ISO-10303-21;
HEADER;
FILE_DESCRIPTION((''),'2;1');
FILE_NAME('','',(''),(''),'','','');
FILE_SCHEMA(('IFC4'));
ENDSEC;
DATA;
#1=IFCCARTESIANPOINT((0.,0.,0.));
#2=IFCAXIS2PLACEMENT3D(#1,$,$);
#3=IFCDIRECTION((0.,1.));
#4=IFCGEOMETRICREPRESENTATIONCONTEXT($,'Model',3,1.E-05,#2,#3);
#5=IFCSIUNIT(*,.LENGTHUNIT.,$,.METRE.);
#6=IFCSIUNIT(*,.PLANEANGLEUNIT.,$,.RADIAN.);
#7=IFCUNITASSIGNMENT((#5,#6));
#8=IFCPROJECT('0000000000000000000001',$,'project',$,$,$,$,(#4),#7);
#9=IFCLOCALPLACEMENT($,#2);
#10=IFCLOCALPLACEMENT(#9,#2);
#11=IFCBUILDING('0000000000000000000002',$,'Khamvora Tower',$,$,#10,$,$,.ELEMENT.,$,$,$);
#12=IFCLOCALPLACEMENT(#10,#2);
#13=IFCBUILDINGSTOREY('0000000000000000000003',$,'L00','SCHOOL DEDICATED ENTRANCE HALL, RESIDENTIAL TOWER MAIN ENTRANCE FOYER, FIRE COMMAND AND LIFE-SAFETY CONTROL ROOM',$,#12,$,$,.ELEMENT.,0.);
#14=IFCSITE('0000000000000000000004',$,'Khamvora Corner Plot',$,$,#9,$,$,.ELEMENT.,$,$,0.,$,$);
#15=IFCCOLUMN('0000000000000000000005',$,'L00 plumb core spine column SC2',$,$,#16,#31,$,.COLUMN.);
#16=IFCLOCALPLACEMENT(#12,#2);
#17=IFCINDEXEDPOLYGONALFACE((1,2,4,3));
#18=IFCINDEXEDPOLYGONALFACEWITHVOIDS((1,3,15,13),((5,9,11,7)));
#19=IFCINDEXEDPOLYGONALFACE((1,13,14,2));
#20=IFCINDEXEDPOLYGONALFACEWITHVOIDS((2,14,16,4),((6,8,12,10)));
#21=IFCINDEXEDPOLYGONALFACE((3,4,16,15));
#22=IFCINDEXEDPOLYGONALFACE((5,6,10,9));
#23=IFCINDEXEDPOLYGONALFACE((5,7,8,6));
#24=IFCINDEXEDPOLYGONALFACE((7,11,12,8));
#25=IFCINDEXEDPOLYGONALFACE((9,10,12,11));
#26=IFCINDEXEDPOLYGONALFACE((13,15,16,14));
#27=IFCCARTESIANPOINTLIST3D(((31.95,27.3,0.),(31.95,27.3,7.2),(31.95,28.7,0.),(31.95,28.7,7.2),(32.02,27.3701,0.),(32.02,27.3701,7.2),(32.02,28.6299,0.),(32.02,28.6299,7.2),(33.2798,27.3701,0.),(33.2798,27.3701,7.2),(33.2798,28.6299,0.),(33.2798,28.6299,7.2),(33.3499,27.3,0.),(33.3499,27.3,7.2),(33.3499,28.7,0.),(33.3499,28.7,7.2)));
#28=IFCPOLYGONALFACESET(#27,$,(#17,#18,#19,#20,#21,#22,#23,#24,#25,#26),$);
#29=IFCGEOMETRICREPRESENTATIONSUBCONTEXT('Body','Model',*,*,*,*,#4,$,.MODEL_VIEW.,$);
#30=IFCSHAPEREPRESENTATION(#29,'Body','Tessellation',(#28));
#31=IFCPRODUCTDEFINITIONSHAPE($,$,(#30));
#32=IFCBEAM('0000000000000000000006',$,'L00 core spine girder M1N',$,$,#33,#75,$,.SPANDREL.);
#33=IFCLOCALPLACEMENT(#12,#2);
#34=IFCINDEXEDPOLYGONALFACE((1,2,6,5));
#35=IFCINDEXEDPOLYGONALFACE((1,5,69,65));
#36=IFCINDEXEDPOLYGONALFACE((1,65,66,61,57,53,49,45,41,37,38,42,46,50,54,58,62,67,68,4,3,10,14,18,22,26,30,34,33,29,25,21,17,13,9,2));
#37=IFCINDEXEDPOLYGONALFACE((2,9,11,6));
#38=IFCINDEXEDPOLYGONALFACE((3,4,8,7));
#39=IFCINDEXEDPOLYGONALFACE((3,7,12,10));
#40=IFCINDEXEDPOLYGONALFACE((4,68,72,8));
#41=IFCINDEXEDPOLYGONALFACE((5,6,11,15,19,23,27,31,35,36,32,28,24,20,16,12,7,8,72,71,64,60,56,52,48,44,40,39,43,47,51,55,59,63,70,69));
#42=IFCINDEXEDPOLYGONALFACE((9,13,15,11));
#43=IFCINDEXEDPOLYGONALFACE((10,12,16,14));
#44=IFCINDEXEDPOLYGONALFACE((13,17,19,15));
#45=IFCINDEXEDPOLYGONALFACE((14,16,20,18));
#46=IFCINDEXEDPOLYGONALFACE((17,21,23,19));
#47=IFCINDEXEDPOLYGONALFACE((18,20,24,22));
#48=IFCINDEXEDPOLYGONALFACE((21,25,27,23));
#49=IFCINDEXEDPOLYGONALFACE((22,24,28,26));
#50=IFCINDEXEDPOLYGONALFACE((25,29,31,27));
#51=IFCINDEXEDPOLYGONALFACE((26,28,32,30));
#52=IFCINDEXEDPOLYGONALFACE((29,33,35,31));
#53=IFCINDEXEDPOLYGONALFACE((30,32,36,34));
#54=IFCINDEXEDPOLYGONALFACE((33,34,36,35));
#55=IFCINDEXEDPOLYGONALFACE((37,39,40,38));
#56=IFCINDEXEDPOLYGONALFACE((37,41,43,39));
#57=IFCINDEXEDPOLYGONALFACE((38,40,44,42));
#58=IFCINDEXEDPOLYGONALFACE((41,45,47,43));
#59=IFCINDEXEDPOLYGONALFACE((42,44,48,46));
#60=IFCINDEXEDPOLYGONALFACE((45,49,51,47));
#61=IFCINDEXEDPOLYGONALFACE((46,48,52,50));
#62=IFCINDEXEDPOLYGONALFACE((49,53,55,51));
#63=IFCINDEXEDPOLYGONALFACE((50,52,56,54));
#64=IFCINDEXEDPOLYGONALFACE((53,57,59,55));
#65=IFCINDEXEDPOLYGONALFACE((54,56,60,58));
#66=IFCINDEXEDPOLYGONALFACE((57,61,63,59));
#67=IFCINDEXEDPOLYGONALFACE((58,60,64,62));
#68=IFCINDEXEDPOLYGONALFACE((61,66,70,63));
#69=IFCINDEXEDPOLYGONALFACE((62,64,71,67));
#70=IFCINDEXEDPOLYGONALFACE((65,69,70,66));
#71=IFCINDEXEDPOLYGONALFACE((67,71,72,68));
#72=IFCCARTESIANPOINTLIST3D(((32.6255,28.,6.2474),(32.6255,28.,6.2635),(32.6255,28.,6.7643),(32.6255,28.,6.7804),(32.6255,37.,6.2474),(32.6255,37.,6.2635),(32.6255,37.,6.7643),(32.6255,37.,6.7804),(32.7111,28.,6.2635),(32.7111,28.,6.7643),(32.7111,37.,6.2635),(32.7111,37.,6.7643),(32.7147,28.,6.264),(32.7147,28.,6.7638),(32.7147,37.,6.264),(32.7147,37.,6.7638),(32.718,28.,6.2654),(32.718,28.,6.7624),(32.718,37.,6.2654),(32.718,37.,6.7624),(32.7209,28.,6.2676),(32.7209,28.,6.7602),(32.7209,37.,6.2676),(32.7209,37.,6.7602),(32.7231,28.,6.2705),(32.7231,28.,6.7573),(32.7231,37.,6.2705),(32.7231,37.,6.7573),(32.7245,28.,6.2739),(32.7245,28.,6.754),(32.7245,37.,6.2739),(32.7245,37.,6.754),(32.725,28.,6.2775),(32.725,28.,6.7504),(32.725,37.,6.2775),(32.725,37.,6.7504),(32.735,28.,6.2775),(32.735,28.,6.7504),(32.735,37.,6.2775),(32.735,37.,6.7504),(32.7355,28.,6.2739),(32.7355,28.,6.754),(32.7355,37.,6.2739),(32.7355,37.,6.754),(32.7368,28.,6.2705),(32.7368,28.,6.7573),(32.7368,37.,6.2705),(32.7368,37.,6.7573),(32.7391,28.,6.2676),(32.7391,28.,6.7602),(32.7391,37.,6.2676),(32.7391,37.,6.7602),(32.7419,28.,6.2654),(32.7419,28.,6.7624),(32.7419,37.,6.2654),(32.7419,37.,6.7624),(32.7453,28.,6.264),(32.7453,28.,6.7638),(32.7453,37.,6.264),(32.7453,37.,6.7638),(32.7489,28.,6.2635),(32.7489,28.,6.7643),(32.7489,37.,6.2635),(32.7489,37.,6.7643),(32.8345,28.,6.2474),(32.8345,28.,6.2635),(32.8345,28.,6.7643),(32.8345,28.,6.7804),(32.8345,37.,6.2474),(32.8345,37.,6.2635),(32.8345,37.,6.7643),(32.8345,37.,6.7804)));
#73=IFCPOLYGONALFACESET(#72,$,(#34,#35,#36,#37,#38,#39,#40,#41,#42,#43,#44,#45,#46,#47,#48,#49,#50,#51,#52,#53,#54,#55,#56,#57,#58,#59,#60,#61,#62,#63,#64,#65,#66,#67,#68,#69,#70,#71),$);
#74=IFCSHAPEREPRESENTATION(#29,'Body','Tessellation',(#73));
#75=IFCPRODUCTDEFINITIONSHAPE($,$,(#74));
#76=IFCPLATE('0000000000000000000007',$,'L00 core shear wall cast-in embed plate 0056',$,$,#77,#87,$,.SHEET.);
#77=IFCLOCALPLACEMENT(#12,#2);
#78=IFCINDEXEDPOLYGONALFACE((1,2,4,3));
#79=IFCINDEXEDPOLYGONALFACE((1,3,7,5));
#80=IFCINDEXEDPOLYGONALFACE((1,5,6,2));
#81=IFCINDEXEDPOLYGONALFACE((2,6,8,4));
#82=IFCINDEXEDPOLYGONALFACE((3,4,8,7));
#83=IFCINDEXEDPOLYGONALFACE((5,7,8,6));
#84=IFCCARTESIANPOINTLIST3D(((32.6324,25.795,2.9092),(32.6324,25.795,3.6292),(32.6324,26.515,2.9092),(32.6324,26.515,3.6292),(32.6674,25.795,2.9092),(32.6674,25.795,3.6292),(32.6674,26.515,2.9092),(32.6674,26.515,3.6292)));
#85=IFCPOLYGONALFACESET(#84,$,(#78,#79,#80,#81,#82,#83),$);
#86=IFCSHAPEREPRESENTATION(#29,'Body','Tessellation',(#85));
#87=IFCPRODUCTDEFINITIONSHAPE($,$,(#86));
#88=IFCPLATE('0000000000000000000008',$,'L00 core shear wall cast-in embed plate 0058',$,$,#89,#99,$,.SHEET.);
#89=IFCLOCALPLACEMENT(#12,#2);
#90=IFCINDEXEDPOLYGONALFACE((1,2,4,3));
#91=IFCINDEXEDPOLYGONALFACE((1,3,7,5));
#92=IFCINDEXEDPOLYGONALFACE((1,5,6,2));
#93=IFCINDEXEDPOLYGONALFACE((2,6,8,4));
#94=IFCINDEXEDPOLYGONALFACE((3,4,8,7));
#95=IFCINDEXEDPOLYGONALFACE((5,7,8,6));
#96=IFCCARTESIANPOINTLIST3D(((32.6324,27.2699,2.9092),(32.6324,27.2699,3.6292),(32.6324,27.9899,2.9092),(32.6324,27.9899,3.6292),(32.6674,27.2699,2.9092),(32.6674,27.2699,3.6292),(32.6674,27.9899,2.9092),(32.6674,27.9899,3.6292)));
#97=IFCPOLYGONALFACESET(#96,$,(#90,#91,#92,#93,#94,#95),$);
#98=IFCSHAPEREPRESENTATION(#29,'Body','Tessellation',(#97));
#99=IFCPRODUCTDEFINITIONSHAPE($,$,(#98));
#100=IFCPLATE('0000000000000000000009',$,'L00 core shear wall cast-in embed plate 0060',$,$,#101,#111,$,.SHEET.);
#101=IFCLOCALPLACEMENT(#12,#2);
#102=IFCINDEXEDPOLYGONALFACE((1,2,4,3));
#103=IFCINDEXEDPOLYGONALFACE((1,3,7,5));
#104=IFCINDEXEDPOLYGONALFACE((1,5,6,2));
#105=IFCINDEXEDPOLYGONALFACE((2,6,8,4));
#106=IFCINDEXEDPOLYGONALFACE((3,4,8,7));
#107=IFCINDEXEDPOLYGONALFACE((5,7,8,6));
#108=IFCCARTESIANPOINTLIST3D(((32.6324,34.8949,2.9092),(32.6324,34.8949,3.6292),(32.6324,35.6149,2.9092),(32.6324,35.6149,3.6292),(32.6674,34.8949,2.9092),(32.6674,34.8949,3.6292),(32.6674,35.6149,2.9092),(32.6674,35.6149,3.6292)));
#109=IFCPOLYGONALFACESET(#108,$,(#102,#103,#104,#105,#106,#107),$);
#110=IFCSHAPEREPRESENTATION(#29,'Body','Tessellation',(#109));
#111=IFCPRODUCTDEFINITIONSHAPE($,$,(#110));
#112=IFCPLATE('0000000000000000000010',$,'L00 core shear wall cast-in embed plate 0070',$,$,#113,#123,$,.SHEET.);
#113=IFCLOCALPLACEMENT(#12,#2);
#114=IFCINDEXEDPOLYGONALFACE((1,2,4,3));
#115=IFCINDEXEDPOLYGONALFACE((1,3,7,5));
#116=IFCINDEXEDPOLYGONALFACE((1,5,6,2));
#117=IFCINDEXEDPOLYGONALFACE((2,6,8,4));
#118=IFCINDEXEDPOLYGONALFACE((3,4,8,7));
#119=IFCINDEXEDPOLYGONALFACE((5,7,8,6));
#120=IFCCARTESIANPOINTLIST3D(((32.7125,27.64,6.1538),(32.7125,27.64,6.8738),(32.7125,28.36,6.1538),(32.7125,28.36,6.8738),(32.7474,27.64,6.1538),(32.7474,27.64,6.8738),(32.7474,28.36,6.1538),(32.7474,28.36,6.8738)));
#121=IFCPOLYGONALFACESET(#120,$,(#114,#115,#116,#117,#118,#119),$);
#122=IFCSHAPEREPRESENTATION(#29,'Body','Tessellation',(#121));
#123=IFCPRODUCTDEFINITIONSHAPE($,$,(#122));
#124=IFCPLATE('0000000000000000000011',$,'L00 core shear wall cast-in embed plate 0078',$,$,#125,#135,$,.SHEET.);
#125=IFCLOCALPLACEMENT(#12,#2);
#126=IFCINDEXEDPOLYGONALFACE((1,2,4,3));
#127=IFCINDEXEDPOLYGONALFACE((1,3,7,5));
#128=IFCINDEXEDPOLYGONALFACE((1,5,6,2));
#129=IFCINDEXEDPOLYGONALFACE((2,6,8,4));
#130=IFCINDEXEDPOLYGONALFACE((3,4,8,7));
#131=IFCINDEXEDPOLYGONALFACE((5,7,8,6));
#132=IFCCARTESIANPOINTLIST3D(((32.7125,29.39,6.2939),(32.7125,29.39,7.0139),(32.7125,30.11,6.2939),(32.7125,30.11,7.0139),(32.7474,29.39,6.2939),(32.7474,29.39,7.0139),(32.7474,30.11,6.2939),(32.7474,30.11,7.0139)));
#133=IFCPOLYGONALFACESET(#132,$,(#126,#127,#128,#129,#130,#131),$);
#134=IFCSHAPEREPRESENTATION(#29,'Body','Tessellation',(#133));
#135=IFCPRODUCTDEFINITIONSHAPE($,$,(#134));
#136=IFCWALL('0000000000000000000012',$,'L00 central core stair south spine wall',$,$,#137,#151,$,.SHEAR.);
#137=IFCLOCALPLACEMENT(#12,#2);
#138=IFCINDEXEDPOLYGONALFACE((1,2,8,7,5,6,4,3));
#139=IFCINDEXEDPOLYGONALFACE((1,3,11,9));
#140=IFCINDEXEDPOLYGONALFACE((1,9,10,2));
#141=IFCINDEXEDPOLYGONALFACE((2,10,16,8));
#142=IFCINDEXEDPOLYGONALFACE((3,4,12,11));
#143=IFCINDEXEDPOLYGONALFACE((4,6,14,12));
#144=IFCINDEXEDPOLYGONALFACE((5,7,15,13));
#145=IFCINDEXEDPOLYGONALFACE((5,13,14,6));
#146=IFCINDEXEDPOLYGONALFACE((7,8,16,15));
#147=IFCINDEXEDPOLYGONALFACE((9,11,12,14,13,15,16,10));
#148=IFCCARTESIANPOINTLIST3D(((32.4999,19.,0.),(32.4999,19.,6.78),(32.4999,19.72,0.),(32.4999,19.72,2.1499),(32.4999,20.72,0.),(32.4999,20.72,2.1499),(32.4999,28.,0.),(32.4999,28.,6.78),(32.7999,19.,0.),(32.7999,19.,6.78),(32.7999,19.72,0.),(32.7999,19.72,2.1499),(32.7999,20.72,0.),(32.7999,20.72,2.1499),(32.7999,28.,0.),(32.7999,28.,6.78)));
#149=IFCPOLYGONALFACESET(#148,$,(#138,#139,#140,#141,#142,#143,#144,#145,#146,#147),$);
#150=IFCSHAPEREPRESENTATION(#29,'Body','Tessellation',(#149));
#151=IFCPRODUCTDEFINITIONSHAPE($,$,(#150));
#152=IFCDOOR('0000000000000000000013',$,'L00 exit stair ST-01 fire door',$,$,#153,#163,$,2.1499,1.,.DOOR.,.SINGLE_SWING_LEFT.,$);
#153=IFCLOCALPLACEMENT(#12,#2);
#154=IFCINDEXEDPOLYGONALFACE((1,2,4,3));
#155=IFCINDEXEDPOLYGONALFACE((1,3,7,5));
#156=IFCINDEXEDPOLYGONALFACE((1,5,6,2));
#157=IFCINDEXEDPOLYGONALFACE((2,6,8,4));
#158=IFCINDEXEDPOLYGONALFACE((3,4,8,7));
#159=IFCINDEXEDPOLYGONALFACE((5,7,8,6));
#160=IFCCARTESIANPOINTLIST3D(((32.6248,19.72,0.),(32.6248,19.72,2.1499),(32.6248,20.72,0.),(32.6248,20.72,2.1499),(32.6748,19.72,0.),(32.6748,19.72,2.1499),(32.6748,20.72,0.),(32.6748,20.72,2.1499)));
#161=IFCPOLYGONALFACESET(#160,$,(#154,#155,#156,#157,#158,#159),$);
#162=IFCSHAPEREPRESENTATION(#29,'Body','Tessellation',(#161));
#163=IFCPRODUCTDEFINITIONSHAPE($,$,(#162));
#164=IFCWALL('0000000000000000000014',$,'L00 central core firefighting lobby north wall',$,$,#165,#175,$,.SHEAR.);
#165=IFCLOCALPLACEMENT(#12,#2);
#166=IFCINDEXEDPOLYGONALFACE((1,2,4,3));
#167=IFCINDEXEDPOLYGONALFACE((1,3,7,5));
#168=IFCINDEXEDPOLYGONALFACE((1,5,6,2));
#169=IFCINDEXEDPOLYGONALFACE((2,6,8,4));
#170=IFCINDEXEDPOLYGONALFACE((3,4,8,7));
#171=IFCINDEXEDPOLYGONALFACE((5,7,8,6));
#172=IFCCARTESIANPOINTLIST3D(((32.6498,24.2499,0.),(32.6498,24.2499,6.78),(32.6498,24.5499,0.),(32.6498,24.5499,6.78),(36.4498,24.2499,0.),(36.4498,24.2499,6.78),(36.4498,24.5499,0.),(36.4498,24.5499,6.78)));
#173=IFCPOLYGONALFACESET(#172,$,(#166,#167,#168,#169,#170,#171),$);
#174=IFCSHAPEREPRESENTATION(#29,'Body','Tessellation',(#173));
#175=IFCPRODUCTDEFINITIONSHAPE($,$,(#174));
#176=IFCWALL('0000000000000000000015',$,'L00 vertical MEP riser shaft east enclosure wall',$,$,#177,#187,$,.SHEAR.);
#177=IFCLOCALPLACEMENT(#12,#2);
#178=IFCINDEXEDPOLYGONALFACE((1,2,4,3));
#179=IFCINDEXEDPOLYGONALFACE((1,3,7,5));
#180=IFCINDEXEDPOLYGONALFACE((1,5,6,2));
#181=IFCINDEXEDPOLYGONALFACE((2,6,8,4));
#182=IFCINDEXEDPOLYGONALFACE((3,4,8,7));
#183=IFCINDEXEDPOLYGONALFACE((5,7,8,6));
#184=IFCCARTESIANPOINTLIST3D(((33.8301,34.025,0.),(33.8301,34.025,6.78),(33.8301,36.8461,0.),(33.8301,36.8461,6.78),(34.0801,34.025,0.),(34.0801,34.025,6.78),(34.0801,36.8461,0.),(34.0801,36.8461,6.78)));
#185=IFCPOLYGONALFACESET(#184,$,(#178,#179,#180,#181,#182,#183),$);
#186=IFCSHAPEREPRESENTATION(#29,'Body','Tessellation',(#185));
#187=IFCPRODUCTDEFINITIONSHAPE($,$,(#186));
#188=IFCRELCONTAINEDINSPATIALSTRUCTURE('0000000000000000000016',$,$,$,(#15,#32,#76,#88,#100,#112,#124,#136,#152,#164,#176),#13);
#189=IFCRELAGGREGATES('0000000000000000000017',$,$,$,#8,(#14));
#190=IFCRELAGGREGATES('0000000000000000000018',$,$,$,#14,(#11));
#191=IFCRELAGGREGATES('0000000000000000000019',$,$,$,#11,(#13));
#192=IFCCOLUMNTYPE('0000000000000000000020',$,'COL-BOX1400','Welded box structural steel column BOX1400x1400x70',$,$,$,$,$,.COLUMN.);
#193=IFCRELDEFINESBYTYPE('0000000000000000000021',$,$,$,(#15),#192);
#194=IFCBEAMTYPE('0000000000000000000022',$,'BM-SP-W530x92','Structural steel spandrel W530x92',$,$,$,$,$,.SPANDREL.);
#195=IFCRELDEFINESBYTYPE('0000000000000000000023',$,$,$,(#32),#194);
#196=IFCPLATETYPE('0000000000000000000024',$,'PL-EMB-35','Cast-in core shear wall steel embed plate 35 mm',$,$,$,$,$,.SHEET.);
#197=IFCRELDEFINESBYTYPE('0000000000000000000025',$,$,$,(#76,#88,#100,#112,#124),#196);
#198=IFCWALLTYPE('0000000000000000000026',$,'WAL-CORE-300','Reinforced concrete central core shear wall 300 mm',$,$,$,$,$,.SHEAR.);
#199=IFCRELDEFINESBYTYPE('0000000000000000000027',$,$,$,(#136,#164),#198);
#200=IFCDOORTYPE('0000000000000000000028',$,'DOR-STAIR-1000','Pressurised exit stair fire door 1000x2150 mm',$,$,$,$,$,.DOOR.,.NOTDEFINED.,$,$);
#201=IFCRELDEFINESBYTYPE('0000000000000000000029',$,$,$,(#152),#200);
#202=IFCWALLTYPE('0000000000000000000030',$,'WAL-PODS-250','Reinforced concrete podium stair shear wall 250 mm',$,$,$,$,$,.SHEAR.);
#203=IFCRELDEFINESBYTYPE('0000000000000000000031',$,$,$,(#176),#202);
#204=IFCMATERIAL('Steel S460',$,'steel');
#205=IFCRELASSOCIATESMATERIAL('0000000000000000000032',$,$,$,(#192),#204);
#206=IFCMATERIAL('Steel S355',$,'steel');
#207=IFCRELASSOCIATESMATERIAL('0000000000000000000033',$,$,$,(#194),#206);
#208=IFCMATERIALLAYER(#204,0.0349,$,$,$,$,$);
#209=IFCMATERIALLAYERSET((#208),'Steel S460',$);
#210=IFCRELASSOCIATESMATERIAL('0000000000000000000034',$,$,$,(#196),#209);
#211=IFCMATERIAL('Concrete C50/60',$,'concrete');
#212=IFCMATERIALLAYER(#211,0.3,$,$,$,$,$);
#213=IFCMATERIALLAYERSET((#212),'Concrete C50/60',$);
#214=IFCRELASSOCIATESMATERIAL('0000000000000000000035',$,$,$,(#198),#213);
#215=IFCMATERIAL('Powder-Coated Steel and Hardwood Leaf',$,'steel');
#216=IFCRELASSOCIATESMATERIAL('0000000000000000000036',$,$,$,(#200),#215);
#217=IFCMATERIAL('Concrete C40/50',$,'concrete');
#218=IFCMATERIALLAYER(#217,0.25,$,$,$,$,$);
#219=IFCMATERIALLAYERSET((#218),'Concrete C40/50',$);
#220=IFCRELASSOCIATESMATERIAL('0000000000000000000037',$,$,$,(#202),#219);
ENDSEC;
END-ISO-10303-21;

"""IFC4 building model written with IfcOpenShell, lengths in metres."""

from ifc_helpers import new_model, si_unit, direction, frame, frame_2d, origin, origin_2d, place, context, subcontext, project, spatial, rectangle, hollow_rectangle, i_section, extrude, material, layer, layer_set, material_profile, profile_set, type_object, element, fill, save


model = new_model("IFC4")

# Units and contexts
model_context = context("Model", 3, precision=1e-05, world=origin(), true_north=direction((0.0, 1.0)))
body_context = subcontext(model_context, "Body", "Model", "MODEL_VIEW")
ifc_project = project(units=[si_unit("LENGTHUNIT", "METRE"), si_unit("PLANEANGLEUNIT", "RADIAN")], contexts=[model_context])

# Site, building, storey
site_placement = place(None, origin())
site = spatial("IfcSite", under=ifc_project, at=site_placement, Name="Khamvora Corner Plot", CompositionType="ELEMENT", RefElevation=0.0)
building_placement = place(site_placement, origin())
building = spatial("IfcBuilding", under=site, at=building_placement, Name="Khamvora Tower", CompositionType="ELEMENT")
storey_placement = place(building_placement, origin())
storey = spatial("IfcBuildingStorey", under=building, at=storey_placement, Name="L00", Description="SCHOOL DEDICATED ENTRANCE HALL, RESIDENTIAL TOWER MAIN ENTRANCE FOYER, FIRE COMMAND AND LIFE-SAFETY CONTROL ROOM", CompositionType="ELEMENT", Elevation=0.0)

# Column
ifc_material_1 = material(Name="Steel S460", Category="steel")
ifc_material_profile_1 = material_profile(ifc_material_1, hollow_rectangle(XDim=1.3999, YDim=1.3999, WallThickness=0.0701, at=origin_2d()), Name="BOX1400x1400x70")
ifc_profile_set_1 = profile_set([ifc_material_profile_1], Name="Steel S460")
column_type = type_object("IfcColumnType", Name="COL-BOX1400", Description="Welded box structural steel column BOX1400x1400x70", PredefinedType="COLUMN", material=ifc_profile_set_1)
column_placement = place(storey_placement, frame((32.6499, 28.0, 0.0), z_axis=(0.0, 0.0, 1.0), x_axis=(1.0, 0.0, 0.0)))
element("IfcColumn", 1, at=column_placement, inside=storey, type_object=column_type, Name="L00 plumb core spine column SC2", PredefinedType="COLUMN", context=body_context, shape_type="SweptSolid", body=[
    extrude(hollow_rectangle(XDim=1.3999, YDim=1.3999, WallThickness=0.0701, at=origin_2d()), origin(), (0.0, 0.0, 1.0), 7.2),
])

# Beam
ifc_material_2 = material(Name="Steel S355", Category="steel")
ifc_material_profile_2 = material_profile(ifc_material_2, i_section(OverallWidth=0.209, OverallDepth=0.533, WebThickness=0.01, FlangeThickness=0.0161, FilletRadius=0.0139, at=origin_2d()), Name="W530x92")
ifc_profile_set_2 = profile_set([ifc_material_profile_2], Name="Steel S355")
beam_type = type_object("IfcBeamType", Name="BM-SP-W530x92", Description="Structural steel spandrel W530x92", PredefinedType="SPANDREL", material=ifc_profile_set_2)
beam_placement = place(storey_placement, frame((32.73, 28.0, 6.5139), z_axis=(0.0, 1.0, 0.0), x_axis=(-1.0, 0.0, 0.0)))
element("IfcBeam", 2, at=beam_placement, inside=storey, type_object=beam_type, Name="L00 core spine girder M1N", PredefinedType="SPANDREL", context=body_context, shape_type="SweptSolid", body=[
    extrude(i_section(OverallWidth=0.209, OverallDepth=0.533, WebThickness=0.01, FlangeThickness=0.0161, FilletRadius=0.0139, at=origin_2d()), origin(), (0.0, 0.0, 1.0), 9.0),
])

# Plates
ifc_layer_1 = layer(ifc_material_1, 0.0349)
ifc_layer_set_1 = layer_set([ifc_layer_1], Name="Steel S460")
plate_type = type_object("IfcPlateType", Name="PL-EMB-35", Description="Cast-in core shear wall steel embed plate 35 mm", PredefinedType="SHEET", material=ifc_layer_set_1)
for number, where, z_axis, x_axis, name in (
    (3, (32.6499, 26.155, 2.9092), (0.0, 0.0, 1.0), (1.0, 0.0, 0.0), "L00 core shear wall cast-in embed plate 0056"),
    (4, (32.6499, 27.6299, 2.9092), (0.0, 0.0, 1.0), (1.0, 0.0, 0.0), "L00 core shear wall cast-in embed plate 0058"),
    (5, (32.6499, 35.2549, 2.9092), (0.0, 0.0, 1.0), (1.0, 0.0, 0.0), "L00 core shear wall cast-in embed plate 0060"),
    (6, (32.73, 28.0, 6.1538), (0.0, 0.0, 1.0), (1.0, 0.0, 0.0), "L00 core shear wall cast-in embed plate 0070"),
    (7, (32.73, 29.75, 6.2939), (0.0, 0.0, 1.0), (1.0, 0.0, 0.0), "L00 core shear wall cast-in embed plate 0078"),
):
    element("IfcPlate", number, at=place(storey_placement, frame(where, z_axis=z_axis, x_axis=x_axis)), inside=storey, type_object=plate_type, Name=name, PredefinedType="SHEET", context=body_context, shape_type="SweptSolid", body=[
        extrude(rectangle(XDim=0.0349, YDim=0.72, at=origin_2d()), origin(), (0.0, 0.0, 1.0), 0.72),
    ])

# Wall, opening, door
ifc_material_3 = material(Name="Concrete C50/60", Category="concrete")
ifc_layer_2 = layer(ifc_material_3, 0.3)
ifc_layer_set_2 = layer_set([ifc_layer_2], Name="Concrete C50/60")
wall_type_1 = type_object("IfcWallType", Name="WAL-CORE-300", Description="Reinforced concrete central core shear wall 300 mm", PredefinedType="SHEAR", material=ifc_layer_set_2)
wall_1_placement = place(storey_placement, frame((32.6499, 28.0, 0.0), z_axis=(0.0, 0.0, 1.0), x_axis=(0.0, -1.0, 0.0)))
wall_1 = element("IfcWall", 8, at=wall_1_placement, inside=storey, type_object=wall_type_1, Name="L00 central core stair south spine wall", PredefinedType="SHEAR", context=body_context, shape_type="SweptSolid", body=[
    extrude(rectangle(XDim=9.0, YDim=0.3, at=frame_2d((4.5, 0.0))), origin(), (0.0, 0.0, 1.0), 6.78),
])
opening_1_placement = place(wall_1_placement, frame((7.28, 0.0, 0.0)))
opening_1 = element("IfcOpeningElement", 9, at=opening_1_placement, cuts=wall_1, PredefinedType="OPENING", context=body_context, shape_type="SweptSolid", body=[
    extrude(rectangle(XDim=1.0, YDim=2.1499, at=frame_2d((0.5, 1.075))), frame((0.0, 0.1599, 0.0), z_axis=(0.0, -1.0, 0.0), x_axis=(1.0, 0.0, 0.0)), (0.0, 0.0, 1.0), 0.3201),
])
ifc_material_4 = material(Name="Powder-Coated Steel and Hardwood Leaf", Category="steel")
door_type_1 = type_object("IfcDoorType", Name="DOR-STAIR-1000", Description="Pressurised exit stair fire door 1000x2150 mm", OperationType="NOTDEFINED", PredefinedType="DOOR", material=ifc_material_4)
door_1_placement = place(opening_1_placement, origin())
door_1 = element("IfcDoor", 10, at=door_1_placement, inside=storey, type_object=door_type_1, Name="L00 exit stair ST-01 fire door", OperationType="SINGLE_SWING_LEFT", OverallHeight=2.1499, OverallWidth=1.0, PredefinedType="DOOR", context=body_context, shape_type="SweptSolid", body=[
    extrude(rectangle(XDim=1.0, YDim=2.1499, at=frame_2d((0.5, 1.075))), frame((0.0, 0.0249, 0.0), z_axis=(0.0, -1.0, 0.0), x_axis=(1.0, 0.0, 0.0)), (0.0, 0.0, 1.0), 0.05),
])
fill(opening_1, door_1)

# Wall
wall_2_placement = place(storey_placement, frame((32.6499, 24.3999, 0.0), z_axis=(0.0, 0.0, 1.0), x_axis=(1.0, 0.0, 0.0)))
element("IfcWall", 11, at=wall_2_placement, inside=storey, type_object=wall_type_1, Name="L00 central core firefighting lobby north wall", PredefinedType="SHEAR", context=body_context, shape_type="SweptSolid", body=[
    extrude(rectangle(XDim=3.8, YDim=0.3, at=frame_2d((1.8999, 0.0))), origin(), (0.0, 0.0, 1.0), 6.78),
])

# Wall
ifc_material_5 = material(Name="Concrete C40/50", Category="concrete")
ifc_layer_3 = layer(ifc_material_5, 0.25)
ifc_layer_set_3 = layer_set([ifc_layer_3], Name="Concrete C40/50")
wall_type_2 = type_object("IfcWallType", Name="WAL-PODS-250", Description="Reinforced concrete podium stair shear wall 250 mm", PredefinedType="SHEAR", material=ifc_layer_set_3)
wall_3_placement = place(storey_placement, frame((33.9551, 34.0249, 0.0), z_axis=(0.0, 0.0, 1.0), x_axis=(0.0, 1.0, 0.0)))
element("IfcWall", 12, at=wall_3_placement, inside=storey, type_object=wall_type_2, Name="L00 vertical MEP riser shaft east enclosure wall", PredefinedType="SHEAR", context=body_context, shape_type="SweptSolid", body=[
    extrude(rectangle(XDim=2.821, YDim=0.25, at=frame_2d((1.4106, 0.0))), origin(), (0.0, 0.0, 1.0), 6.78),
])

save(model, "model.ifc")
